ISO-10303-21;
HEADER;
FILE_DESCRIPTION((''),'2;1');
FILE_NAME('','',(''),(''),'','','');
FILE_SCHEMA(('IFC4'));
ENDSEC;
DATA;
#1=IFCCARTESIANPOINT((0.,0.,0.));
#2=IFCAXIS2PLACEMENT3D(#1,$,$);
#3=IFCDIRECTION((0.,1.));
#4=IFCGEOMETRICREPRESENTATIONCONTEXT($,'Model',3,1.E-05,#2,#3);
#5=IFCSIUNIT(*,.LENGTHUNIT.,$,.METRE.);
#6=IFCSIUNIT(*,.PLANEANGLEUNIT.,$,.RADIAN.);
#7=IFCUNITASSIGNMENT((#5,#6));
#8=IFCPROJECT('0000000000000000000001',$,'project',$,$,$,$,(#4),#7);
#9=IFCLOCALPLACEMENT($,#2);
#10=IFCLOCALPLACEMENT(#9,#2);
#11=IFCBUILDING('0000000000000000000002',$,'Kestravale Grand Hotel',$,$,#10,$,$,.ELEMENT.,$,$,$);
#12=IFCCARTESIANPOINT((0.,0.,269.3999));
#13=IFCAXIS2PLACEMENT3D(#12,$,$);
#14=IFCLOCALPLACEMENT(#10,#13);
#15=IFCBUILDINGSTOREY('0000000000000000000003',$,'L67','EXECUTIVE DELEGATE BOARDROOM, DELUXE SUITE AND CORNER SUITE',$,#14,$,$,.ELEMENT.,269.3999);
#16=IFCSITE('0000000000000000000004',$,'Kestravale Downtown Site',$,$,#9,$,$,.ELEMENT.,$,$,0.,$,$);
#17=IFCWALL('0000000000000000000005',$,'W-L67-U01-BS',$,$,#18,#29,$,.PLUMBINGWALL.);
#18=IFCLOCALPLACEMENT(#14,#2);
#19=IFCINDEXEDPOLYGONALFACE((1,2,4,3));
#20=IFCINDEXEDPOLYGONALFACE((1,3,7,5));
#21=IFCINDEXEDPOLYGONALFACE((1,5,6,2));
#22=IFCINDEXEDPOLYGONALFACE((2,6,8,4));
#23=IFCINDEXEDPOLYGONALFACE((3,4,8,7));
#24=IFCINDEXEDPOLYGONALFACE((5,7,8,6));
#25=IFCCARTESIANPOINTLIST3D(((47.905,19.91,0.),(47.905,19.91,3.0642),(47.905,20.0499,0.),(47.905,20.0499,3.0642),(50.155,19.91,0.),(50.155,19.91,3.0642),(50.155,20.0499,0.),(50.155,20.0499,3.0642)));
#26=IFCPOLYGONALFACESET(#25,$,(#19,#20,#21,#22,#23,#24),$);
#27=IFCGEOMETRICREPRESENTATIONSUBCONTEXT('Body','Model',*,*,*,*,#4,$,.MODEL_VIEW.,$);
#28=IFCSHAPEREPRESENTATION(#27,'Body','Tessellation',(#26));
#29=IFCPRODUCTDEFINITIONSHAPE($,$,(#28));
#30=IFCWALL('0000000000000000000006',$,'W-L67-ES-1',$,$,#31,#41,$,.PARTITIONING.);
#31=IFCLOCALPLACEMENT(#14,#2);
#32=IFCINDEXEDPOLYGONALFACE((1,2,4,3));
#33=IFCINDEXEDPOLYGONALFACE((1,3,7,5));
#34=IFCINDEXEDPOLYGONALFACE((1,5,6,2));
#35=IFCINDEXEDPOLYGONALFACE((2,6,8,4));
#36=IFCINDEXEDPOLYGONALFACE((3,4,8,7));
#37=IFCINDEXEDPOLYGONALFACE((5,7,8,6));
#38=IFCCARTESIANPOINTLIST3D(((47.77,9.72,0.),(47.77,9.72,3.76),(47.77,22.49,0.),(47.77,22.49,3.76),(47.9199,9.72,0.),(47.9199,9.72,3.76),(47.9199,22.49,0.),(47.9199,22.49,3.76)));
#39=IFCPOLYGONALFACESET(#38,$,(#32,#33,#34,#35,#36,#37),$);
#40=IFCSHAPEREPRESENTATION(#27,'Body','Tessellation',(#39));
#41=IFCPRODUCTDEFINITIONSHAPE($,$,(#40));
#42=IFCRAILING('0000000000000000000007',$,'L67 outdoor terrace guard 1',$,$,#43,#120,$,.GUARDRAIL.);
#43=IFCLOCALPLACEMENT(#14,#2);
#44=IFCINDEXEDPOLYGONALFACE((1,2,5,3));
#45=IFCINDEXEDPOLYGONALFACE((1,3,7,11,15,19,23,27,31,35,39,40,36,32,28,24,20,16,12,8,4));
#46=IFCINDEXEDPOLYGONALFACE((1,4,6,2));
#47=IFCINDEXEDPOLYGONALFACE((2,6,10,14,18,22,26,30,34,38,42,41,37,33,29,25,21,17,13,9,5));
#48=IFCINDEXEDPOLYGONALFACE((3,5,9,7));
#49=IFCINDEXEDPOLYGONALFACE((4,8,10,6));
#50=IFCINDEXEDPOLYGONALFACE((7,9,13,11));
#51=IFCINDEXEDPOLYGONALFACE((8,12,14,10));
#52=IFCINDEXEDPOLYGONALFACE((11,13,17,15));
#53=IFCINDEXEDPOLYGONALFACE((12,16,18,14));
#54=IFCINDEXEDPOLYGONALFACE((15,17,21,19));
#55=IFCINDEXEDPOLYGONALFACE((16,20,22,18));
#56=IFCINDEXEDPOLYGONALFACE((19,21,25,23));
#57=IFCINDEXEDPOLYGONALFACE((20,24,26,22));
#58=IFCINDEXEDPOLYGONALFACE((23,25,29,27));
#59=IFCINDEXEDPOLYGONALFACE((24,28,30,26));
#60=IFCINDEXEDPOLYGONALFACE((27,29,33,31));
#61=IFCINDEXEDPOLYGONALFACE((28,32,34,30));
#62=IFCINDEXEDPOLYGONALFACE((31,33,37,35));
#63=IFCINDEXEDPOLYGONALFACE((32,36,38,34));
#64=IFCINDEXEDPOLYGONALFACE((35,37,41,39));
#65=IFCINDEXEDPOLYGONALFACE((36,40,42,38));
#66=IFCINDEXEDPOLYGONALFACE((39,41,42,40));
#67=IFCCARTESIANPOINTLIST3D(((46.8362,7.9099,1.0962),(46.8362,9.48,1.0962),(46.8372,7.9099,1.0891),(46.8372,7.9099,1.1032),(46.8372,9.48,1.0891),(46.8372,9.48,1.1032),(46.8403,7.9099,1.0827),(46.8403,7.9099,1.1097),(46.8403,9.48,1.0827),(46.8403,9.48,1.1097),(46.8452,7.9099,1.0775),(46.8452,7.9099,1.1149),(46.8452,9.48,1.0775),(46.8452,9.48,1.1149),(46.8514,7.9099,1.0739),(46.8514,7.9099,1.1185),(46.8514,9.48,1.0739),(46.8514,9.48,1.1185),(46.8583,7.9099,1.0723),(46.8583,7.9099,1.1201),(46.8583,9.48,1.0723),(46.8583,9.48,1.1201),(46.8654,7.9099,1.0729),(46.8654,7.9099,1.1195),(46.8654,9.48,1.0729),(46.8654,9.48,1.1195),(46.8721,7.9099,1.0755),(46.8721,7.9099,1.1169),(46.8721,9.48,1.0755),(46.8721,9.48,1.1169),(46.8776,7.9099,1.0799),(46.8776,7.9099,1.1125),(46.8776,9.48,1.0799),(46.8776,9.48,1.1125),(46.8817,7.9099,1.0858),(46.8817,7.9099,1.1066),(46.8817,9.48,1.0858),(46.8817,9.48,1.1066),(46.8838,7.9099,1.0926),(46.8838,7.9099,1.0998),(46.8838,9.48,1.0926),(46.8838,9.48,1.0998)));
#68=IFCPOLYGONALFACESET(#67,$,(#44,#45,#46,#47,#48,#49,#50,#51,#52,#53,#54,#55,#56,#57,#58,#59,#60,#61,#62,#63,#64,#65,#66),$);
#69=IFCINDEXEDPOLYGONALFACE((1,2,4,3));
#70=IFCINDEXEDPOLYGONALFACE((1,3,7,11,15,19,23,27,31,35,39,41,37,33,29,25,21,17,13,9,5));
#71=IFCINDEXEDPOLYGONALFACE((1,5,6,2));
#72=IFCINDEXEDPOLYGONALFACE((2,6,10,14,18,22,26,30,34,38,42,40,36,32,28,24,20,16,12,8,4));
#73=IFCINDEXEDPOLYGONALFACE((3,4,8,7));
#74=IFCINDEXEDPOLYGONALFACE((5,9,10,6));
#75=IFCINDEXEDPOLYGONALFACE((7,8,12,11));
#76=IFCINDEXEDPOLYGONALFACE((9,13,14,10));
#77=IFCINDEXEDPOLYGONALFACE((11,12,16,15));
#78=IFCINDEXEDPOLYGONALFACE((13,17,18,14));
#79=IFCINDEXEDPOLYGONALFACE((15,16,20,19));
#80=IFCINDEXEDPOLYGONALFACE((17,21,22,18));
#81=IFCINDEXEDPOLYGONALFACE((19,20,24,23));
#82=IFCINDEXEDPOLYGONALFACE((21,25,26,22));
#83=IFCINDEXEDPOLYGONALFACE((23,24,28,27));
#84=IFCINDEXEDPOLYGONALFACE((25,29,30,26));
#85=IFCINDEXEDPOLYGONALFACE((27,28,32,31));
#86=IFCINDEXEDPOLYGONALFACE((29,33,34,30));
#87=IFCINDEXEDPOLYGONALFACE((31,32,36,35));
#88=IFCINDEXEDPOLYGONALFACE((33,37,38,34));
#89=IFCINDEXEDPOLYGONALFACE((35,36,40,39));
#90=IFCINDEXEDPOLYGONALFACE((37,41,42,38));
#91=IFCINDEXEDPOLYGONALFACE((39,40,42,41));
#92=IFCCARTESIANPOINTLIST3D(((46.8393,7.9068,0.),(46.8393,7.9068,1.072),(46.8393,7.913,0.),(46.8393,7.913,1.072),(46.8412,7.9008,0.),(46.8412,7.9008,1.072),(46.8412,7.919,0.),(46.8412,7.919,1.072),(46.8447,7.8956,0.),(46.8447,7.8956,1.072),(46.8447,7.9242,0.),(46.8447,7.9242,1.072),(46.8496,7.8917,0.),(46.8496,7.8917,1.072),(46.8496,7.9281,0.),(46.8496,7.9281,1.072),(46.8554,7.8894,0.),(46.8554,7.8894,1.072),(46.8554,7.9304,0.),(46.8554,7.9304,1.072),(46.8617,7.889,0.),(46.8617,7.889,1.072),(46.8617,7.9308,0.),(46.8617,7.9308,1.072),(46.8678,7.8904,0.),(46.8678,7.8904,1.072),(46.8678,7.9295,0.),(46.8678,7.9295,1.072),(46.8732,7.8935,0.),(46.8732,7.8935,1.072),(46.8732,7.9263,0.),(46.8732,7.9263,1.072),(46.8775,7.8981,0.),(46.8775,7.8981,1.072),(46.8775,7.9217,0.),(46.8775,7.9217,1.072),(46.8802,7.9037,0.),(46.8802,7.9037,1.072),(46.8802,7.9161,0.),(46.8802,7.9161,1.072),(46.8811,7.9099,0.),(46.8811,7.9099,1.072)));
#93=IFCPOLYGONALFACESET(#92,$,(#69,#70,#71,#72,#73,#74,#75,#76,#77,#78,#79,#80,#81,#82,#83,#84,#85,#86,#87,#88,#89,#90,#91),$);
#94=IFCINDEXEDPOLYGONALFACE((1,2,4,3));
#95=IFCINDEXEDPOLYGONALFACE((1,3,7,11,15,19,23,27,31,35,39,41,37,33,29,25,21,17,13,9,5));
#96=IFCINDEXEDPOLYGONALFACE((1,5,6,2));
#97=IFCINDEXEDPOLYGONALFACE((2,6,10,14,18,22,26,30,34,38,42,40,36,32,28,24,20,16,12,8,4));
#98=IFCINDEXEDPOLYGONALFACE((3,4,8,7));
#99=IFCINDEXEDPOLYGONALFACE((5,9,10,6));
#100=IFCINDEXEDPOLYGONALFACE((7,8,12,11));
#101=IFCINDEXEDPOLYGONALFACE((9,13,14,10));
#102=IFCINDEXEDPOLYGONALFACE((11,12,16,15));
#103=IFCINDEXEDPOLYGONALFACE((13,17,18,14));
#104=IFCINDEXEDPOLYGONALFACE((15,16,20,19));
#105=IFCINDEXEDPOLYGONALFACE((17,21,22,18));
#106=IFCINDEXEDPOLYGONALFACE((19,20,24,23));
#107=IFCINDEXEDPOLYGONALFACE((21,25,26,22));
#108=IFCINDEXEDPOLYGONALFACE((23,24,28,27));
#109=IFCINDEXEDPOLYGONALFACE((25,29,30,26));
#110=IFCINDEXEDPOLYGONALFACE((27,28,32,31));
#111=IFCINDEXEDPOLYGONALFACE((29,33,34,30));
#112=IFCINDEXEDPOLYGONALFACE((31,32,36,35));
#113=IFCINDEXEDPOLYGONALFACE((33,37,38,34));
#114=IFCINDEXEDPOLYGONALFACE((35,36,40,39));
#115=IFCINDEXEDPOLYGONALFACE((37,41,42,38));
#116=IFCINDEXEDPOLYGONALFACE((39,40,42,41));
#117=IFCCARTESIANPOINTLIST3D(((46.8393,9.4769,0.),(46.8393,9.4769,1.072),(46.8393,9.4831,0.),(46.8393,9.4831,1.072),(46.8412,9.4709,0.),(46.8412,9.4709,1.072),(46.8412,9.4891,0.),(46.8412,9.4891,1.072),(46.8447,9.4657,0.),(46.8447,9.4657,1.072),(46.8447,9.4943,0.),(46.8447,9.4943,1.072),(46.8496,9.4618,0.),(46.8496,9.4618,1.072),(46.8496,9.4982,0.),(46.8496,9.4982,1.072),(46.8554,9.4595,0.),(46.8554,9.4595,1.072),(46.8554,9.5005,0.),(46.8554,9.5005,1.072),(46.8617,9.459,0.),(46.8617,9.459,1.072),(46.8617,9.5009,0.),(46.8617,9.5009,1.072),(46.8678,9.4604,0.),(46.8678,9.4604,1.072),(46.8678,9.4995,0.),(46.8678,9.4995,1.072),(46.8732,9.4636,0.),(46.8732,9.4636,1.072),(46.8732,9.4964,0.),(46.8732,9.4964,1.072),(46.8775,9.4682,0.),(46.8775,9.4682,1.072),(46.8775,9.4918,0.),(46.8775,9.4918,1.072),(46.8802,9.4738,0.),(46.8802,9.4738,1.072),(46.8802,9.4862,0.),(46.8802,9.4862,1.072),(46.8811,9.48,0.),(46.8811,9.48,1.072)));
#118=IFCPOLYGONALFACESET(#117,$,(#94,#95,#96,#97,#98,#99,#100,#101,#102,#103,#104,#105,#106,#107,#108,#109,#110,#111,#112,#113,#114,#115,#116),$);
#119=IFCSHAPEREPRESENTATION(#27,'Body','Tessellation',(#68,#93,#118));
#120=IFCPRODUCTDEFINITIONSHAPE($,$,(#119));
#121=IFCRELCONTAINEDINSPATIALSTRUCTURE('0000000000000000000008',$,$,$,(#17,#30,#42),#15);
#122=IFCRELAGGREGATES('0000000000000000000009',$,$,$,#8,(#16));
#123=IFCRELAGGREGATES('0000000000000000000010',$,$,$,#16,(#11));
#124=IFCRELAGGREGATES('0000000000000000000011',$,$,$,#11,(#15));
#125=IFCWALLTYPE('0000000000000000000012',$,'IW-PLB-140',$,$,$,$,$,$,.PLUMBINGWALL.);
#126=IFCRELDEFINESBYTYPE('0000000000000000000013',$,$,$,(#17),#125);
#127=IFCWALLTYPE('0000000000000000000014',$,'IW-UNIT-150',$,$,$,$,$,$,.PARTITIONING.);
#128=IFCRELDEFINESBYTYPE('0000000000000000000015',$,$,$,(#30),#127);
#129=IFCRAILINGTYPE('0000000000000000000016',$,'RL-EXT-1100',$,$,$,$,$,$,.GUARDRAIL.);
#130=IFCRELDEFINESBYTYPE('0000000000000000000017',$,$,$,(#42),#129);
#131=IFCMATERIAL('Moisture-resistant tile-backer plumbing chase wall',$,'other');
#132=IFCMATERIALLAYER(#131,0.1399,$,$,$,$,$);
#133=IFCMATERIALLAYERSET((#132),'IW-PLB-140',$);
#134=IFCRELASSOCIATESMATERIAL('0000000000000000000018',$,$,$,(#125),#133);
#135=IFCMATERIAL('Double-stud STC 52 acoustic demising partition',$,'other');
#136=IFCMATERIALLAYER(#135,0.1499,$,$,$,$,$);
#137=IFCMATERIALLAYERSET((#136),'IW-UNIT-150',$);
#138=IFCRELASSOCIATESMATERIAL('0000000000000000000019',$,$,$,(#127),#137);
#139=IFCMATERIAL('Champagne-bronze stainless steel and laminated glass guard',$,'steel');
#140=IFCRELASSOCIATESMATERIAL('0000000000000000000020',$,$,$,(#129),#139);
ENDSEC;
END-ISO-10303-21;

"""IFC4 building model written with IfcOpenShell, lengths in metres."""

from ifc_helpers import new_model, si_unit, direction, frame, frame_2d, origin, origin_2d, place, context, subcontext, project, spatial, rectangle, circle, extrude, material, layer, layer_set, type_object, element, save


model = new_model("IFC4")

# Units and contexts
model_context = context("Model", 3, precision=1e-05, world=origin(), true_north=direction((0.0, 1.0)))
body_context = subcontext(model_context, "Body", "Model", "MODEL_VIEW")
ifc_project = project(units=[si_unit("LENGTHUNIT", "METRE"), si_unit("PLANEANGLEUNIT", "RADIAN")], contexts=[model_context])

# Site, building, storey
site_placement = place(None, origin())
site = spatial("IfcSite", under=ifc_project, at=site_placement, Name="Kestravale Downtown Site", CompositionType="ELEMENT", RefElevation=0.0)
building_placement = place(site_placement, origin())
building = spatial("IfcBuilding", under=site, at=building_placement, Name="Kestravale Grand Hotel", CompositionType="ELEMENT")
storey_placement = place(building_placement, frame((0.0, 0.0, 269.3999)))
storey = spatial("IfcBuildingStorey", under=building, at=storey_placement, Name="L67", Description="EXECUTIVE DELEGATE BOARDROOM, DELUXE SUITE AND CORNER SUITE", CompositionType="ELEMENT", Elevation=269.3999)

# Shared definitions
ifc_material_1 = material(Name="Moisture-resistant tile-backer plumbing chase wall", Category="other")
ifc_layer_1 = layer(ifc_material_1, 0.1399)
ifc_layer_set_1 = layer_set([ifc_layer_1], Name="IW-PLB-140")
wall_type_1 = type_object("IfcWallType", Name="IW-PLB-140", PredefinedType="PLUMBINGWALL", material=ifc_layer_set_1)

# Walls
wall_1_placement = place(storey_placement, frame((47.905, 19.98, 0.0), z_axis=(0.0, 0.0, 1.0), x_axis=(1.0, 0.0, 0.0)))
element("IfcWall", 1, at=wall_1_placement, inside=storey, type_object=wall_type_1, Name="W-L67-U01-BS", PredefinedType="PLUMBINGWALL", context=body_context, shape_type="SweptSolid", body=[
    extrude(rectangle(XDim=2.25, YDim=0.1399, at=frame_2d((1.125, 0.0))), origin(), (0.0, 0.0, 1.0), 3.0642),
])
ifc_material_2 = material(Name="Double-stud STC 52 acoustic demising partition", Category="other")
ifc_layer_2 = layer(ifc_material_2, 0.1499)
ifc_layer_set_2 = layer_set([ifc_layer_2], Name="IW-UNIT-150")
wall_type_2 = type_object("IfcWallType", Name="IW-UNIT-150", PredefinedType="PARTITIONING", material=ifc_layer_set_2)
wall_2_placement = place(storey_placement, frame((47.845, 9.72, 0.0), z_axis=(0.0, 0.0, 1.0), x_axis=(0.0, 1.0, 0.0)))
element("IfcWall", 2, at=wall_2_placement, inside=storey, type_object=wall_type_2, Name="W-L67-ES-1", PredefinedType="PARTITIONING", context=body_context, shape_type="SweptSolid", body=[
    extrude(rectangle(XDim=12.77, YDim=0.1499, at=frame_2d((6.385, 0.0))), origin(), (0.0, 0.0, 1.0), 3.76),
])

# Railing
ifc_material_3 = material(Name="Champagne-bronze stainless steel and laminated glass guard", Category="steel")
railing_type = type_object("IfcRailingType", Name="RL-EXT-1100", PredefinedType="GUARDRAIL", material=ifc_material_3)
railing_placement = place(storey_placement, frame((46.8601, 7.9099, 0.0)))
element("IfcRailing", 3, at=railing_placement, inside=storey, type_object=railing_type, Name="L67 outdoor terrace guard 1", PredefinedType="GUARDRAIL", context=body_context, shape_type="SweptSolid", body=[
    extrude(circle(Radius=0.0239, at=origin_2d()), frame((0.0, 0.0, 1.0962), z_axis=(0.0, 1.0, 0.0), x_axis=(-1.0, 0.0, 0.0)), (0.0, 0.0, 1.0), 1.5701),
    extrude(circle(Radius=0.021, at=origin_2d()), origin(), (0.0, 0.0, 1.0), 1.072),
    extrude(circle(Radius=0.021, at=origin_2d()), frame((0.0, 1.5701, 0.0)), (0.0, 0.0, 1.0), 1.072),
])

save(model, "model.ifc")
